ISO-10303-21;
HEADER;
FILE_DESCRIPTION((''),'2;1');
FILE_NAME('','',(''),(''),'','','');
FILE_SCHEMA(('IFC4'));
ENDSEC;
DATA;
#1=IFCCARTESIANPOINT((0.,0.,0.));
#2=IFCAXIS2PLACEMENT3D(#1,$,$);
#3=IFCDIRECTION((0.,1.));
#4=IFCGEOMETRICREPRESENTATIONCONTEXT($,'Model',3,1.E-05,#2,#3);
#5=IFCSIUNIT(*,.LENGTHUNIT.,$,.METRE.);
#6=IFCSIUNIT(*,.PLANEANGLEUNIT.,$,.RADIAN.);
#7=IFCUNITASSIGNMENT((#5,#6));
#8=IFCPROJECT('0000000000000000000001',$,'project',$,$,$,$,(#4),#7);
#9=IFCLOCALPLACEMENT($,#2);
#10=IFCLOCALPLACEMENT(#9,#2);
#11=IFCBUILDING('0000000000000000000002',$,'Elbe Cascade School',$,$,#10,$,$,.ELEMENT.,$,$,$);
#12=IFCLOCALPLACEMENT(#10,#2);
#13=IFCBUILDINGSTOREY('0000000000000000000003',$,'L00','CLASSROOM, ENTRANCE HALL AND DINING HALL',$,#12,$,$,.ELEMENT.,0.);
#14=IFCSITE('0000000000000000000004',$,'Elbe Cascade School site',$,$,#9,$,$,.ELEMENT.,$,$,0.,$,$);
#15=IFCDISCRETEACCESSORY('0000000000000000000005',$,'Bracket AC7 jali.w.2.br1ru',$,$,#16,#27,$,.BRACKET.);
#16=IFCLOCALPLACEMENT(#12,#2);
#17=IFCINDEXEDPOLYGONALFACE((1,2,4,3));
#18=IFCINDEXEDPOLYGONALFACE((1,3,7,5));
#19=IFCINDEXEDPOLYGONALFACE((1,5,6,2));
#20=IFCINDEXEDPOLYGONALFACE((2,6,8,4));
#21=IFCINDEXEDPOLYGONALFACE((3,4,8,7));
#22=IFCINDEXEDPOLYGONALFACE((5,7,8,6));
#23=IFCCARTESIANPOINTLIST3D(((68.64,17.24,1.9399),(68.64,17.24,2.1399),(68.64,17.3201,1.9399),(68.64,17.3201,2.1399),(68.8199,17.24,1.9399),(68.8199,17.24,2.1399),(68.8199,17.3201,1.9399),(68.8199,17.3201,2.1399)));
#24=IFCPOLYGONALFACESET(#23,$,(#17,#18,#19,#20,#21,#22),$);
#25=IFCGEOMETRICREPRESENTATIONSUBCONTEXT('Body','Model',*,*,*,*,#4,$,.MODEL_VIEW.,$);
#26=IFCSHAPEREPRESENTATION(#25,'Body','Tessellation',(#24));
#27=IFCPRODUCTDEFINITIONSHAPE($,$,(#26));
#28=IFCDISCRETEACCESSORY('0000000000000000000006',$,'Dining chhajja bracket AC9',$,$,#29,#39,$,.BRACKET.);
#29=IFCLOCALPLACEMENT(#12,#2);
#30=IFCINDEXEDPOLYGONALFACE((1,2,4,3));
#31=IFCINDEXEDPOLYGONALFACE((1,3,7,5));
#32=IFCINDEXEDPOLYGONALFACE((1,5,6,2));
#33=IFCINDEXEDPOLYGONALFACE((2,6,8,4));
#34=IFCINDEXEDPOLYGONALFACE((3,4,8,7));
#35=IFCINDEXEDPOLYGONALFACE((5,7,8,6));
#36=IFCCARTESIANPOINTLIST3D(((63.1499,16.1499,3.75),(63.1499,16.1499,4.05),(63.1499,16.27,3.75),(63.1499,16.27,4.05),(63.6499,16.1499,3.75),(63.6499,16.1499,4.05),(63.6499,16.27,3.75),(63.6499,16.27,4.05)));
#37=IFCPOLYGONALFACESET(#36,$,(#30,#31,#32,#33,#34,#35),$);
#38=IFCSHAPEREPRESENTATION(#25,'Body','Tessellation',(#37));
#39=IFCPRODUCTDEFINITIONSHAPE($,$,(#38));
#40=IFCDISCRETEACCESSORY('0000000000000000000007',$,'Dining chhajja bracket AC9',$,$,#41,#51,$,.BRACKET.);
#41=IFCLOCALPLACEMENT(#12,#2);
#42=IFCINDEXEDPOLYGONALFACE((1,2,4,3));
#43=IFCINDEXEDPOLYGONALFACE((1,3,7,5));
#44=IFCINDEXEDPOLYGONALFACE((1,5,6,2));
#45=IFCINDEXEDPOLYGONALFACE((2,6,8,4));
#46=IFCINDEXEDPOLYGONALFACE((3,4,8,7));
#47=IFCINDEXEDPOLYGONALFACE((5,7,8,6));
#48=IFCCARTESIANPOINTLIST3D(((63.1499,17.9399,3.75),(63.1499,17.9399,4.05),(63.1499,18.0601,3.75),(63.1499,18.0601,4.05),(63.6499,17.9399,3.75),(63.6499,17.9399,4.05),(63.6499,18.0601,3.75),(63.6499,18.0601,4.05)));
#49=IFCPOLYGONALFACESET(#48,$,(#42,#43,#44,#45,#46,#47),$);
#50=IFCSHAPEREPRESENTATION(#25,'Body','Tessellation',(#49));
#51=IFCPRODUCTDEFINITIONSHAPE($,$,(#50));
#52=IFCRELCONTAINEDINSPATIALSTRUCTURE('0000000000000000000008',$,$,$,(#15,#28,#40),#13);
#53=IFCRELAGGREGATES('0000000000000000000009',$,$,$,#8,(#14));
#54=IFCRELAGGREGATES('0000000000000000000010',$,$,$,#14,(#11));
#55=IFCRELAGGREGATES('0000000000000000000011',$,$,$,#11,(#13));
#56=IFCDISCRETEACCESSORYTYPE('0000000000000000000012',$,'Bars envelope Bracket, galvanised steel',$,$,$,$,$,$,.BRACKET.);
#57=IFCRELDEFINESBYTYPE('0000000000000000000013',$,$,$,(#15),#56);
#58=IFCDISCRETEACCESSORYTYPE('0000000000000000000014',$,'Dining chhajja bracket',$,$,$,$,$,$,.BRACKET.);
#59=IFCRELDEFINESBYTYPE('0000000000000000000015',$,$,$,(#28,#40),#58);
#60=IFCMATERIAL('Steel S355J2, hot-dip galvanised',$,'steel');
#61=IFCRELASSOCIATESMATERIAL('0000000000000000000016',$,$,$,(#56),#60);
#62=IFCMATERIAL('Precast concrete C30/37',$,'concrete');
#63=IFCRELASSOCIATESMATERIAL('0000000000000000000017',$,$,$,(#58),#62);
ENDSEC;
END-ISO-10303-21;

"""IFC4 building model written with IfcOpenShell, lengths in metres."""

from ifc_helpers import new_model, si_unit, direction, frame, origin, origin_2d, place, context, subcontext, project, spatial, rectangle, extrude, material, type_object, element, save


model = new_model("IFC4")

# Units and contexts
model_context = context("Model", 3, precision=1e-05, world=origin(), true_north=direction((0.0, 1.0)))
body_context = subcontext(model_context, "Body", "Model", "MODEL_VIEW")
ifc_project = project(units=[si_unit("LENGTHUNIT", "METRE"), si_unit("PLANEANGLEUNIT", "RADIAN")], contexts=[model_context])

# Site, building, storey
site_placement = place(None, origin())
site = spatial("IfcSite", under=ifc_project, at=site_placement, Name="Elbe Cascade School site", CompositionType="ELEMENT", RefElevation=0.0)
building_placement = place(site_placement, origin())
building = spatial("IfcBuilding", under=site, at=building_placement, Name="Elbe Cascade School", CompositionType="ELEMENT")
storey_placement = place(building_placement, origin())
storey = spatial("IfcBuildingStorey", under=building, at=storey_placement, Name="L00", Description="CLASSROOM, ENTRANCE HALL AND DINING HALL", CompositionType="ELEMENT", Elevation=0.0)

# Discrete accessories
ifc_material_1 = material(Name="Steel S355J2, hot-dip galvanised", Category="steel")
discrete_accessory_type_1 = type_object("IfcDiscreteAccessoryType", Name="Bars envelope Bracket, galvanised steel", PredefinedType="BRACKET", material=ifc_material_1)
for number, where, z_axis, x_axis, name in (
    (1, (68.73, 17.28, 1.9399), (0.0, 0.0, 1.0), (0.0, 1.0, 0.0), "Bracket AC7 jali.w.2.br1ru"),
):
    element("IfcDiscreteAccessory", number, at=place(storey_placement, frame(where, z_axis=z_axis, x_axis=x_axis)), inside=storey, type_object=discrete_accessory_type_1, Name=name, PredefinedType="BRACKET", context=body_context, shape_type="SweptSolid", body=[
        extrude(rectangle(XDim=0.0801, YDim=0.1799, at=origin_2d()), origin(), (0.0, 0.0, 1.0), 0.2),
    ])
ifc_material_2 = material(Name="Precast concrete C30/37", Category="concrete")
discrete_accessory_type_2 = type_object("IfcDiscreteAccessoryType", Name="Dining chhajja bracket", PredefinedType="BRACKET", material=ifc_material_2)
for number, where, z_axis, x_axis, name in (
    (2, (63.3999, 16.21, 3.75), (0.0, 0.0, 1.0), (1.0, 0.0, 0.0), "Dining chhajja bracket AC9"),
    (3, (63.3999, 18.0, 3.75), (0.0, 0.0, 1.0), (1.0, 0.0, 0.0), "Dining chhajja bracket AC9"),
):
    element("IfcDiscreteAccessory", number, at=place(storey_placement, frame(where, z_axis=z_axis, x_axis=x_axis)), inside=storey, type_object=discrete_accessory_type_2, Name=name, PredefinedType="BRACKET", context=body_context, shape_type="SweptSolid", body=[
        extrude(rectangle(XDim=0.5, YDim=0.1201, at=origin_2d()), origin(), (0.0, 0.0, 1.0), 0.3),
    ])

save(model, "model.ifc")
